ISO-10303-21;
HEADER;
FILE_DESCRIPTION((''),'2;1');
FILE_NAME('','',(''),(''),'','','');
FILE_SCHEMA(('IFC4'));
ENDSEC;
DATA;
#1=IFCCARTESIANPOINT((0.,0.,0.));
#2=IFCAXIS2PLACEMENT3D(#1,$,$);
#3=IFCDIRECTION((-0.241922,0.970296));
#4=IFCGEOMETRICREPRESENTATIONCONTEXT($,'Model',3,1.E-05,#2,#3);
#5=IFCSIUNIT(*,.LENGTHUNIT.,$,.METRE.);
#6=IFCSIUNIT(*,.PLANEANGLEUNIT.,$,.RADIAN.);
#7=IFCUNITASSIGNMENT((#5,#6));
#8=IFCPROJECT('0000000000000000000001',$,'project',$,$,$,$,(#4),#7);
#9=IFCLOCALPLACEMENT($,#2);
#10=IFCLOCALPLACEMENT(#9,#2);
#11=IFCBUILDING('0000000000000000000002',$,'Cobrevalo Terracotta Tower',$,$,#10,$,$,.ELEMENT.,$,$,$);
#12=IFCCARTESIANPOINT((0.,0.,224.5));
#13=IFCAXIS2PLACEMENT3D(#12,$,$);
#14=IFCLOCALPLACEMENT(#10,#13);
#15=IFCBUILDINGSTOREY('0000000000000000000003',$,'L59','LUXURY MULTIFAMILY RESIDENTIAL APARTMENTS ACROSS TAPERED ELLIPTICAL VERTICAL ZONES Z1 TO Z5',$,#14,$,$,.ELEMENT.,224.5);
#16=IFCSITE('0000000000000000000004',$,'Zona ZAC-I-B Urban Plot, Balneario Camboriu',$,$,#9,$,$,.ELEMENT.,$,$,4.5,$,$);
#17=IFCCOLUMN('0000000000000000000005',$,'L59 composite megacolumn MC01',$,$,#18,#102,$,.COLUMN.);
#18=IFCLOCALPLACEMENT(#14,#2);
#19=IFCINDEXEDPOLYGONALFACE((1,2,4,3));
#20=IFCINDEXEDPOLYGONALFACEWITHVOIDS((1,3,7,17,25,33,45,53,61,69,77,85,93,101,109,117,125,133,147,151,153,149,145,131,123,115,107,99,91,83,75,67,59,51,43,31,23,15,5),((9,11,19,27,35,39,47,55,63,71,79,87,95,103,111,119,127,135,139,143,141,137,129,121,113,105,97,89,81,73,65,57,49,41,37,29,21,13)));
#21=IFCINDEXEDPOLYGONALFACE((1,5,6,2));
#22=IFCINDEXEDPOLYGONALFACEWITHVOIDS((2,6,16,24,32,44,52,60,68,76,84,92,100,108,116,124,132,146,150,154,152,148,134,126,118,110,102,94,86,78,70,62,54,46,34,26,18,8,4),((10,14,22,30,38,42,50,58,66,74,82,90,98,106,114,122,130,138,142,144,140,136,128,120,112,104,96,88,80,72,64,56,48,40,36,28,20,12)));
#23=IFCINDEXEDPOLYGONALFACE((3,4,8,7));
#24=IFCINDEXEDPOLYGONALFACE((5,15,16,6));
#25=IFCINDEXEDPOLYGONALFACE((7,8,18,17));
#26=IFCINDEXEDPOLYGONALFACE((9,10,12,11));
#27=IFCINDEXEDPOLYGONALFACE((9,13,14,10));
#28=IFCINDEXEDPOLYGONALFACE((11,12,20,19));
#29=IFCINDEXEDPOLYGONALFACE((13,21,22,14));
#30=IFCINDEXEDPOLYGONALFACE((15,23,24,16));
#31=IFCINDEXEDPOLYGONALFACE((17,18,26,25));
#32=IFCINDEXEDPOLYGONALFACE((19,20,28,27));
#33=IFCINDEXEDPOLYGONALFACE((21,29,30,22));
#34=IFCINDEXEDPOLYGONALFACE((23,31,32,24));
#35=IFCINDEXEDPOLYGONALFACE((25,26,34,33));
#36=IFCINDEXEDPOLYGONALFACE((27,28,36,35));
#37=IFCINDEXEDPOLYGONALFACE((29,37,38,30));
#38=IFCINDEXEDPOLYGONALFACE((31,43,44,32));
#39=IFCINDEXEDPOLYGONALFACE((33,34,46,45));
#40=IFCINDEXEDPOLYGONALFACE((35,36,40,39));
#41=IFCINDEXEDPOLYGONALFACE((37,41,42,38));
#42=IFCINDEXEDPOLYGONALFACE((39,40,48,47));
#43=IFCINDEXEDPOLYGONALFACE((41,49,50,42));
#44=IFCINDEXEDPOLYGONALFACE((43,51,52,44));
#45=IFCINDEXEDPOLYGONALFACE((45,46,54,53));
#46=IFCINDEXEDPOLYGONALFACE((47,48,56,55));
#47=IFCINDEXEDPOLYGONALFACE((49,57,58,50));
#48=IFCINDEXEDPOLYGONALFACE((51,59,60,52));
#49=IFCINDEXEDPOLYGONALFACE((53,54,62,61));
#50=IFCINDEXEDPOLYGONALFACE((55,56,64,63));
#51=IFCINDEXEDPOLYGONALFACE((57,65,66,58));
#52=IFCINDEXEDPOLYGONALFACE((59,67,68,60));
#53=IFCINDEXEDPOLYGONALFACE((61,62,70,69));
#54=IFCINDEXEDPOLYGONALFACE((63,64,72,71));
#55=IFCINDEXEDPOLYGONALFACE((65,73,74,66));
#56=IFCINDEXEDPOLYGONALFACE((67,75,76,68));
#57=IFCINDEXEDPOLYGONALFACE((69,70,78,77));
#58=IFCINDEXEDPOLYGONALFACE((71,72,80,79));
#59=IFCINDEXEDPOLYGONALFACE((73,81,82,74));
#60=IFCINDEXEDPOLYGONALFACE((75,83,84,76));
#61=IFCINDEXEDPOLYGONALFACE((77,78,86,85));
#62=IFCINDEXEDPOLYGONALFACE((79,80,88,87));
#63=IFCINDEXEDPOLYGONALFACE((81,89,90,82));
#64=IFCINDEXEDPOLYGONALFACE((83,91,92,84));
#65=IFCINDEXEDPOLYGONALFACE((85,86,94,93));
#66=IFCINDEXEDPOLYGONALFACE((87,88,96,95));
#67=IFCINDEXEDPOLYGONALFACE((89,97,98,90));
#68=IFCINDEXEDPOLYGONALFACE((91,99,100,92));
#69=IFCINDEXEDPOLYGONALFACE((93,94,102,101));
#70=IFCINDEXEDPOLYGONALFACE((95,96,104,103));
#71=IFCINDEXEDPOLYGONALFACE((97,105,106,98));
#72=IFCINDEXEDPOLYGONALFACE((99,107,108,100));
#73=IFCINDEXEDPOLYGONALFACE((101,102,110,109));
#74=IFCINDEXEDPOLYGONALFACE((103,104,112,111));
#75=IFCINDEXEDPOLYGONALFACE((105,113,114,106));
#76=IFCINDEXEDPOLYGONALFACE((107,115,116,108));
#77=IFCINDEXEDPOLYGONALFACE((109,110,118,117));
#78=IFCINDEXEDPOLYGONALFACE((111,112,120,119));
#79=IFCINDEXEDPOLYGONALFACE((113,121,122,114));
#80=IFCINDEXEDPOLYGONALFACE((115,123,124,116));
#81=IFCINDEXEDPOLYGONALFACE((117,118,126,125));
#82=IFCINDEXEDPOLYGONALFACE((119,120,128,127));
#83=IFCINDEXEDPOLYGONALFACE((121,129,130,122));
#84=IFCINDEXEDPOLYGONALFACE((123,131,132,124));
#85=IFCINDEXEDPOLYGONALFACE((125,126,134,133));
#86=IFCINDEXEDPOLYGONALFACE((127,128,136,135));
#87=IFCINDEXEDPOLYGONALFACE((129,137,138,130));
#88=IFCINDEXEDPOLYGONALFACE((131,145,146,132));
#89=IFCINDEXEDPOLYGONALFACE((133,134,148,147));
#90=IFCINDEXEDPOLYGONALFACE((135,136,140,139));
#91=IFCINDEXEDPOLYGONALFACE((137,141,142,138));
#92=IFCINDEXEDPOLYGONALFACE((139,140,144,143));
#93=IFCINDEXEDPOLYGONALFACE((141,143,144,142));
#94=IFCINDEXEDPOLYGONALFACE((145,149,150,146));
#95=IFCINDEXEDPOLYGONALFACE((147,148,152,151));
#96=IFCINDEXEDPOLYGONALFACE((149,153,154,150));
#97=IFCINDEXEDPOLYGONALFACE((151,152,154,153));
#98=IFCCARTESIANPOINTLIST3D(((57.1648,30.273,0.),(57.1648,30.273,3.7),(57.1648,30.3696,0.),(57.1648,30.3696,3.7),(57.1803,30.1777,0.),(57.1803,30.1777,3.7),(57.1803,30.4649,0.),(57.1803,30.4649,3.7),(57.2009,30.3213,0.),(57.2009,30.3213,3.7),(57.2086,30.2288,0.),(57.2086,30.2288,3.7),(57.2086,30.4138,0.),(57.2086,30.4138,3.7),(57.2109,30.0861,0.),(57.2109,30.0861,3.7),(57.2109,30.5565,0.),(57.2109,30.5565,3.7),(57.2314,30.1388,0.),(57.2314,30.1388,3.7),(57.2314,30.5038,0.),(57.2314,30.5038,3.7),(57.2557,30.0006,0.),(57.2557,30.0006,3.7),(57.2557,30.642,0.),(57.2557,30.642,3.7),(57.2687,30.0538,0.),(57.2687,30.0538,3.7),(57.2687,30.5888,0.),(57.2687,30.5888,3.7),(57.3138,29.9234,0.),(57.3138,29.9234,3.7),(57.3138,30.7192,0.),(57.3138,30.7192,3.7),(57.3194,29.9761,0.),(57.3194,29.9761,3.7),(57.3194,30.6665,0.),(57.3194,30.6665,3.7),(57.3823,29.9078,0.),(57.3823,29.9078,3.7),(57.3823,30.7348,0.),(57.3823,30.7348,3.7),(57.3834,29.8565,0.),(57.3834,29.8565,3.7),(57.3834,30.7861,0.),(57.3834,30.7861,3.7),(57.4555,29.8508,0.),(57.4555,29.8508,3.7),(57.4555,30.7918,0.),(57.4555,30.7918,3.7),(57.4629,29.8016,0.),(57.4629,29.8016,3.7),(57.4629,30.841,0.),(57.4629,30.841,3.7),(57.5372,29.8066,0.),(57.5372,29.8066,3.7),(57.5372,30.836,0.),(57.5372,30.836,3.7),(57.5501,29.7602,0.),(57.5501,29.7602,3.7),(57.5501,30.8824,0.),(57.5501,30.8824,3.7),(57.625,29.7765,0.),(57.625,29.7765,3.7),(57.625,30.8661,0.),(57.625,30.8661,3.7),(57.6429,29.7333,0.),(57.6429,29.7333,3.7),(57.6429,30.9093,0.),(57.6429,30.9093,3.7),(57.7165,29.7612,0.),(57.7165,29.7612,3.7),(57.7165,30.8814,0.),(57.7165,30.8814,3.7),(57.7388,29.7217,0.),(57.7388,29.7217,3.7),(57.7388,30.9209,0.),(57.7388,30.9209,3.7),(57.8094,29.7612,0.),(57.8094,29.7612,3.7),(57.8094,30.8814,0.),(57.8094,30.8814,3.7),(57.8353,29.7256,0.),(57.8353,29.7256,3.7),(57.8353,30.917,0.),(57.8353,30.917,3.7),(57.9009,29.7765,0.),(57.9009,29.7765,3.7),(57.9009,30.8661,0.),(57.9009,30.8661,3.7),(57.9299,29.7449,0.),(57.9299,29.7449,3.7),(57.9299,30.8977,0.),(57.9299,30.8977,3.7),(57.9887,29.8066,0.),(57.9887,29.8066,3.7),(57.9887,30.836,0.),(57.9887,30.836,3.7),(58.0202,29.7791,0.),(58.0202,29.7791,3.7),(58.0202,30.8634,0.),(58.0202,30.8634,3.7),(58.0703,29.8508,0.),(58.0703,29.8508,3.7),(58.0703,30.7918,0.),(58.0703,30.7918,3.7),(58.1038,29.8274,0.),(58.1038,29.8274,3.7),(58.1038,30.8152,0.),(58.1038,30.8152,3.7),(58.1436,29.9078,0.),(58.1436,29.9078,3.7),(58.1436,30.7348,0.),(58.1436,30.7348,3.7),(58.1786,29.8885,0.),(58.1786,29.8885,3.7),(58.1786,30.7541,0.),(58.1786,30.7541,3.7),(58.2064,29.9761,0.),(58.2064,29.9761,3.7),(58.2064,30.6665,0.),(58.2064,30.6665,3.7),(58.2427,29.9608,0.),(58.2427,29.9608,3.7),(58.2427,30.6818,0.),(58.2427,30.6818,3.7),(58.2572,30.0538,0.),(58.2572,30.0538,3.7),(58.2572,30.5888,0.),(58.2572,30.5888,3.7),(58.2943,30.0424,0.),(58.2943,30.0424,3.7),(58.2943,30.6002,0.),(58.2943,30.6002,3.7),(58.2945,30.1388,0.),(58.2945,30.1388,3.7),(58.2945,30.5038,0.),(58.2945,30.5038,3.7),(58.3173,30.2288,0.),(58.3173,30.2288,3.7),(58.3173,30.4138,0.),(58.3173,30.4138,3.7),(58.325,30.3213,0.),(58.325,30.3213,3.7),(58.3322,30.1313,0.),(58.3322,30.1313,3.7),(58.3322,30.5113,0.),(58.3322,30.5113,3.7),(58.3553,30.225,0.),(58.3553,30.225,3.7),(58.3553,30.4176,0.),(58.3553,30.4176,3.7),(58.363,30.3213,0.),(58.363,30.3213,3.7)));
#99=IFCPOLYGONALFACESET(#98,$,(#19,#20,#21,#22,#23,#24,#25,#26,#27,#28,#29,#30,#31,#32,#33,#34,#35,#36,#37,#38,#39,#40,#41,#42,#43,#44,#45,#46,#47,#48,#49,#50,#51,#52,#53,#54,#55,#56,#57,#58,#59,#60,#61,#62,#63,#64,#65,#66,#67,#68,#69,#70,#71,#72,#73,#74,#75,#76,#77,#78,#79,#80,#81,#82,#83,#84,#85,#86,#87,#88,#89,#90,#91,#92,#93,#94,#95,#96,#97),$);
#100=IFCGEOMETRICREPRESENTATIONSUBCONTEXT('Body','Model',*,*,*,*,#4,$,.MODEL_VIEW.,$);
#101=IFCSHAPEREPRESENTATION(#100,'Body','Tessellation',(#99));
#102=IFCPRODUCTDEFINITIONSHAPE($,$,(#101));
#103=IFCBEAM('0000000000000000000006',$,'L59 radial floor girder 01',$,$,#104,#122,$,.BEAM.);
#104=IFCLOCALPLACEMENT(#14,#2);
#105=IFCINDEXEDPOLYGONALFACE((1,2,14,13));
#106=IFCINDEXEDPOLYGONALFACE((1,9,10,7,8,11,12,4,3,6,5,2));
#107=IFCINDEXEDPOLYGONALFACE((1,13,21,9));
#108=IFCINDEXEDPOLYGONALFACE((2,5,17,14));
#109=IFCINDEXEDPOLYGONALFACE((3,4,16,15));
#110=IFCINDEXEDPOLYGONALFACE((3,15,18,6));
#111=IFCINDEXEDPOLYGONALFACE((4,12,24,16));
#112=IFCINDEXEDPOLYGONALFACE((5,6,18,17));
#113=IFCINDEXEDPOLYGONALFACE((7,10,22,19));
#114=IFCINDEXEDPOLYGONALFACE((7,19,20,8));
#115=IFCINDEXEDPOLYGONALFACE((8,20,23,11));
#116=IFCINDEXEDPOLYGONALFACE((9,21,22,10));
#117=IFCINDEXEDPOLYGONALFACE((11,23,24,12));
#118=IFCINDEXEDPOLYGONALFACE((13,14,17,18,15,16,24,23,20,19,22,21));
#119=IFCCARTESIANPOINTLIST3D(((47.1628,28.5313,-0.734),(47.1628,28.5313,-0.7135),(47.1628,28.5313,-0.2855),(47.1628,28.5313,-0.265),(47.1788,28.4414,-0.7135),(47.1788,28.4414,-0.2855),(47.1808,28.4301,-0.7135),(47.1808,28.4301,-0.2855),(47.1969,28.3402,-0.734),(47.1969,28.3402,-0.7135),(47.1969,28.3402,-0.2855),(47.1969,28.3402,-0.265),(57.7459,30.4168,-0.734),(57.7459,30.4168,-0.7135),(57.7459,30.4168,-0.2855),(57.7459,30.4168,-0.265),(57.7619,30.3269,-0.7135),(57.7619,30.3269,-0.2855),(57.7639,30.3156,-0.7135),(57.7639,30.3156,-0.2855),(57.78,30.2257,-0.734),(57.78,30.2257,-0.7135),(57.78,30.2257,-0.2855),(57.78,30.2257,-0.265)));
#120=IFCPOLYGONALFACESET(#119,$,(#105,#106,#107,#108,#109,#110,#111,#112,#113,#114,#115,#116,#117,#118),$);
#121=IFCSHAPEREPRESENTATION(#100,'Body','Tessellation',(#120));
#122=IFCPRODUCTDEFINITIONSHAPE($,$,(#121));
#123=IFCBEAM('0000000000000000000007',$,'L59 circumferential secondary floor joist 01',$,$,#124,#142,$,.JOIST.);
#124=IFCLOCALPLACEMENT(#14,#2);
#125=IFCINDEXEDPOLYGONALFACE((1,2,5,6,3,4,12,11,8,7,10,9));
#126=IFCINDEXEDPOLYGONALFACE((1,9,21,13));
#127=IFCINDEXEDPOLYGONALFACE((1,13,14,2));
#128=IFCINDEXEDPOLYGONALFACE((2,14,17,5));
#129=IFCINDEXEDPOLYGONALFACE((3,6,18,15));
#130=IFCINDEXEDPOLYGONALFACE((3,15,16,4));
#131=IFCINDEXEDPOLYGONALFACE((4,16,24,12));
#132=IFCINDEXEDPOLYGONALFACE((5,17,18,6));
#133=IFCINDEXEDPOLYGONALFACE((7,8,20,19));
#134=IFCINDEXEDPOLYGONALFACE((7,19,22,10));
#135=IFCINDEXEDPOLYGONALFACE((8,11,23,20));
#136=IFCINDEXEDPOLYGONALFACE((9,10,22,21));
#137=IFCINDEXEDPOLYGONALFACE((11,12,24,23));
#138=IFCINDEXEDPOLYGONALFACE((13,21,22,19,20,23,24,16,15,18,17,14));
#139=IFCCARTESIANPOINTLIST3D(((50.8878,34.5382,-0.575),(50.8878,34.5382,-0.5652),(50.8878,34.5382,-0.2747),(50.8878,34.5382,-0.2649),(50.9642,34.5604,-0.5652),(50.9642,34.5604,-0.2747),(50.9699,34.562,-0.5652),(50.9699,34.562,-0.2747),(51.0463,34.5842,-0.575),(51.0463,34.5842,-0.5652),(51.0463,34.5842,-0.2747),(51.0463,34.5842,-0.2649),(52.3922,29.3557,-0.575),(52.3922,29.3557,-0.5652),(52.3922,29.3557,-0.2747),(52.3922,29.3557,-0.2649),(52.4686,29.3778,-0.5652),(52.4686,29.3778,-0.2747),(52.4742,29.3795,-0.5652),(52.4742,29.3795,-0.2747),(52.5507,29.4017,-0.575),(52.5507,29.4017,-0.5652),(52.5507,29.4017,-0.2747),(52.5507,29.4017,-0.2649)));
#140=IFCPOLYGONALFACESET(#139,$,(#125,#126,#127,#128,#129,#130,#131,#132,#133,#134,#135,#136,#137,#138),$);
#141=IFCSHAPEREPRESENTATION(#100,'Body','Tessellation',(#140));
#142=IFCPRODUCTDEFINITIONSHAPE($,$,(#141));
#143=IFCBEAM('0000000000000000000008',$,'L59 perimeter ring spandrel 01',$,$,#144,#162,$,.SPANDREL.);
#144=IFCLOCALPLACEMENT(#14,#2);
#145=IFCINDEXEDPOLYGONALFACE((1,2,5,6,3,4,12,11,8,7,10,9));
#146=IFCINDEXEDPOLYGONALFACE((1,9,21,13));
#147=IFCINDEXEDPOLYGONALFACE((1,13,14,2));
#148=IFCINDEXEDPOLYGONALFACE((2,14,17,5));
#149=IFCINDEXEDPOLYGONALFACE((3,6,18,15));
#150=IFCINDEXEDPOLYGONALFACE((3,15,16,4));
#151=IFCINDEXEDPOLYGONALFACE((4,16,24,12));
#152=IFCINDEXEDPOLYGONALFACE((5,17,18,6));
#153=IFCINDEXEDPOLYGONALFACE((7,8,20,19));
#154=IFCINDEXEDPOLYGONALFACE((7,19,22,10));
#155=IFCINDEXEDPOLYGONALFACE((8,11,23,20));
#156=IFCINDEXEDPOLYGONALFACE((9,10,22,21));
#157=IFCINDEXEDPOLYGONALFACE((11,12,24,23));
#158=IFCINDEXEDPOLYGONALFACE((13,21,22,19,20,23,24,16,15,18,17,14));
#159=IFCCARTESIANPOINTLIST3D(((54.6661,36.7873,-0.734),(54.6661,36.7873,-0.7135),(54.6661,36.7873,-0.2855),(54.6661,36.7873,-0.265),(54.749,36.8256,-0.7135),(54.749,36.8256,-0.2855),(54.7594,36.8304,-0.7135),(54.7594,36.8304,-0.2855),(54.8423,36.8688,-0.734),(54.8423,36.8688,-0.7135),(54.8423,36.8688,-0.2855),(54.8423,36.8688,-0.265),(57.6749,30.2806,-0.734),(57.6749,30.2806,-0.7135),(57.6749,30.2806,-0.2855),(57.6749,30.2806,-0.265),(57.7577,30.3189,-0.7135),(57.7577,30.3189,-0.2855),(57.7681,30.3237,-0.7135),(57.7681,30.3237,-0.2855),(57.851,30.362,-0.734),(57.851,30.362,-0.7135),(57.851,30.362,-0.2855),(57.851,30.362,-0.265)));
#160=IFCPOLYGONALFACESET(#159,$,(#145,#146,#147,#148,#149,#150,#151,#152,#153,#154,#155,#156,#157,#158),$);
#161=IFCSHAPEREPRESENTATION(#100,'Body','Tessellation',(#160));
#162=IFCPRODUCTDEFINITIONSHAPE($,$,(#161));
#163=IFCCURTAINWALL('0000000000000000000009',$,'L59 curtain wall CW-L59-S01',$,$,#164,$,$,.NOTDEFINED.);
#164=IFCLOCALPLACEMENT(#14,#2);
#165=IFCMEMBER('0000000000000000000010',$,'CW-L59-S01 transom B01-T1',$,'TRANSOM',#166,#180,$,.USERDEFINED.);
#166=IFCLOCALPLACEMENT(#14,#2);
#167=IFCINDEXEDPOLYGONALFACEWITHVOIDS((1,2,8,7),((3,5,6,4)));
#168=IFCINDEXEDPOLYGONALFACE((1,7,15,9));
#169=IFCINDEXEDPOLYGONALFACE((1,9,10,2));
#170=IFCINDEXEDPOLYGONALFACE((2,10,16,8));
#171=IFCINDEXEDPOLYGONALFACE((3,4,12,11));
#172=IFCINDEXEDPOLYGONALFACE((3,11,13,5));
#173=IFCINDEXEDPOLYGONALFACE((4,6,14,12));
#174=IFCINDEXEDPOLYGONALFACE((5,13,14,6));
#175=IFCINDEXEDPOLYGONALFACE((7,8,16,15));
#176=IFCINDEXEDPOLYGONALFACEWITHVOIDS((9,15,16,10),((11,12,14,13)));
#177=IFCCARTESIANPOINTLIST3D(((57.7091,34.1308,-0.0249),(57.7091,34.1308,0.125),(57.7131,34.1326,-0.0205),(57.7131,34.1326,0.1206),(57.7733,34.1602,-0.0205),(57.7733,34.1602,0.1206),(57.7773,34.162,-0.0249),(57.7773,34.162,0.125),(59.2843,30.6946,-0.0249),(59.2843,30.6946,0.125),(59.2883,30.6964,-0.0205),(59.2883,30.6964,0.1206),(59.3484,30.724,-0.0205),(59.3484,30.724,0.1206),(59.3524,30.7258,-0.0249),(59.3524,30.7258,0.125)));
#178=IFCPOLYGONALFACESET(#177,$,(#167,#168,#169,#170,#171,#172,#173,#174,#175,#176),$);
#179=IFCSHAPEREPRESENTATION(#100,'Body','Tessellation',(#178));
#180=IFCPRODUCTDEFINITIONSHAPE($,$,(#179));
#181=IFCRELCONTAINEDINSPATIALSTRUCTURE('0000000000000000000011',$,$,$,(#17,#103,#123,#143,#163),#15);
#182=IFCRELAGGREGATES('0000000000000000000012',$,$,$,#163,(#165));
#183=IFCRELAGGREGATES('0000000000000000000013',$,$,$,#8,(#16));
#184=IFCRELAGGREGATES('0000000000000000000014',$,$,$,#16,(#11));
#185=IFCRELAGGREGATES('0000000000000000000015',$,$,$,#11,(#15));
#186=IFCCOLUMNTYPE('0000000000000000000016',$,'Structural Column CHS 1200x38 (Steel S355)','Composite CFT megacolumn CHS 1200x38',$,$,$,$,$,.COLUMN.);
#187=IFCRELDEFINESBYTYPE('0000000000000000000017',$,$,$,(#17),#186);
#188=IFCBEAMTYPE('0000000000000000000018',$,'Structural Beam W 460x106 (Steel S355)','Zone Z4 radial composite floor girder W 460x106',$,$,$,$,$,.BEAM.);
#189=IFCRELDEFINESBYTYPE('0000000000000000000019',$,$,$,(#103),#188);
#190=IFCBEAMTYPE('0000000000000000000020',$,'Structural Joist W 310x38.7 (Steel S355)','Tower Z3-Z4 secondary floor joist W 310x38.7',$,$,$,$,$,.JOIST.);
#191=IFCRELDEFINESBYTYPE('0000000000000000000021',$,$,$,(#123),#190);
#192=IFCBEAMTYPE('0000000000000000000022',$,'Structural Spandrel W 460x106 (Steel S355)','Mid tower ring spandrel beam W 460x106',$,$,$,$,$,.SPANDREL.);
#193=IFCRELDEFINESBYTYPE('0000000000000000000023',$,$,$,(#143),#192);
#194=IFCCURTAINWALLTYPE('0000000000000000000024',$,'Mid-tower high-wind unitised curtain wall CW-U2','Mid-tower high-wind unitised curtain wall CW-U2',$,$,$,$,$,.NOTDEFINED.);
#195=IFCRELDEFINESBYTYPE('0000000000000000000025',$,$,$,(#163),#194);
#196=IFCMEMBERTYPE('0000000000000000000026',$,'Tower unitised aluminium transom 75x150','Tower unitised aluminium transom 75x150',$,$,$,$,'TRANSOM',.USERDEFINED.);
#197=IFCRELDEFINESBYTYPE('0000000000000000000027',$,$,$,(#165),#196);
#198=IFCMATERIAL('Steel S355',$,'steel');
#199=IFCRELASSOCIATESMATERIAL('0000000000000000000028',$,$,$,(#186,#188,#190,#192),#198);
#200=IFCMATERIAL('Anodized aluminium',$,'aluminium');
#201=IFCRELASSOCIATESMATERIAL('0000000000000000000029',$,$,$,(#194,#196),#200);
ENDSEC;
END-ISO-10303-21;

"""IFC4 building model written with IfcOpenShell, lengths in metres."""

from ifc_helpers import new_model, si_unit, direction, frame, origin, origin_2d, place, context, subcontext, project, spatial, hollow_rectangle, hollow_circle, i_section, extrude, source, transform, mapped, material, material_profile, profile_set, type_object, element, aggregate, save


model = new_model("IFC4")

# Units and contexts
model_context = context("Model", 3, precision=1e-05, world=origin(), true_north=direction((-0.241922, 0.970296)))
body_context = subcontext(model_context, "Body", "Model", "MODEL_VIEW")
ifc_project = project(units=[si_unit("LENGTHUNIT", "METRE"), si_unit("PLANEANGLEUNIT", "RADIAN")], contexts=[model_context])

# Site, building, storey
site_placement = place(None, origin())
site = spatial("IfcSite", under=ifc_project, at=site_placement, Name="Zona ZAC-I-B Urban Plot, Balneario Camboriu", CompositionType="ELEMENT", RefElevation=4.5)
building_placement = place(site_placement, origin())
building = spatial("IfcBuilding", under=site, at=building_placement, Name="Cobrevalo Terracotta Tower", CompositionType="ELEMENT")
storey_placement = place(building_placement, frame((0.0, 0.0, 224.5)))
storey = spatial("IfcBuildingStorey", under=building, at=storey_placement, Name="L59", Description="LUXURY MULTIFAMILY RESIDENTIAL APARTMENTS ACROSS TAPERED ELLIPTICAL VERTICAL ZONES Z1 TO Z5", CompositionType="ELEMENT", Elevation=224.5)

# Column
ifc_material_1 = material(Name="Steel S355", Category="steel")
ifc_material_profile_1 = material_profile(ifc_material_1, hollow_circle(Radius=0.6001, WallThickness=0.0381, at=origin_2d()), Name="CHS 1200x38")
ifc_profile_set_1 = profile_set([ifc_material_profile_1], Name="Steel S355")
column_type = type_object("IfcColumnType", Name="Structural Column CHS 1200x38 (Steel S355)", Description="Composite CFT megacolumn CHS 1200x38", PredefinedType="COLUMN", material=ifc_profile_set_1)
column_placement = place(storey_placement, frame((57.7629, 30.3213, 0.0), z_axis=(0.0, 0.0, 1.0), x_axis=(1.0, 0.0, 0.0)))
element("IfcColumn", 1, at=column_placement, inside=storey, type_object=column_type, Name="L59 composite megacolumn MC01", PredefinedType="COLUMN", context=body_context, shape_type="SweptSolid", body=[
    extrude(hollow_circle(Radius=0.6001, WallThickness=0.0381, at=origin_2d()), origin(), (0.0, 0.0, 1.0), 3.7),
])

# Beams
ifc_material_profile_2 = material_profile(ifc_material_1, i_section(OverallWidth=0.1941, OverallDepth=0.469, WebThickness=0.0115, FlangeThickness=0.0205, at=origin_2d()), Name="W 460x106")
ifc_profile_set_2 = profile_set([ifc_material_profile_2], Name="Steel S355")
beam_type_1 = type_object("IfcBeamType", Name="Structural Beam W 460x106 (Steel S355)", Description="Zone Z4 radial composite floor girder W 460x106", PredefinedType="BEAM", material=ifc_profile_set_2)
beam_1_placement = place(storey_placement, frame((57.7629, 30.3213, -0.4995), z_axis=(-0.984497, -0.175401, 0.0), x_axis=(0.175401, -0.984497, 0.0)))
element("IfcBeam", 2, at=beam_1_placement, inside=storey, type_object=beam_type_1, Name="L59 radial floor girder 01", PredefinedType="BEAM", context=body_context, shape_type="SweptSolid", body=[
    extrude(i_section(OverallWidth=0.1941, OverallDepth=0.469, WebThickness=0.0115, FlangeThickness=0.0205, at=origin_2d()), origin(), (0.0, 0.0, 1.0), 10.7498),
])
ifc_material_profile_3 = material_profile(ifc_material_1, i_section(OverallWidth=0.165, OverallDepth=0.3101, WebThickness=0.0059, FlangeThickness=0.0098, at=origin_2d()), Name="W 310x38.7")
ifc_profile_set_3 = profile_set([ifc_material_profile_3], Name="Steel S355")
beam_type_2 = type_object("IfcBeamType", Name="Structural Joist W 310x38.7 (Steel S355)", Description="Tower Z3-Z4 secondary floor joist W 310x38.7", PredefinedType="JOIST", material=ifc_profile_set_3)
beam_2_placement = place(storey_placement, frame((52.4714, 29.3787, -0.4199), z_axis=(-0.27877, 0.960358, 0.0), x_axis=(-0.960358, -0.27877, 0.0)))
element("IfcBeam", 3, at=beam_2_placement, inside=storey, type_object=beam_type_2, Name="L59 circumferential secondary floor joist 01", PredefinedType="JOIST", context=body_context, shape_type="SweptSolid", body=[
    extrude(i_section(OverallWidth=0.165, OverallDepth=0.3101, WebThickness=0.0059, FlangeThickness=0.0098, at=origin_2d()), origin(), (0.0, 0.0, 1.0), 5.3965),
])
ifc_material_profile_4 = material_profile(ifc_material_1, i_section(OverallWidth=0.1941, OverallDepth=0.469, WebThickness=0.0115, FlangeThickness=0.0205, at=origin_2d()), Name="W 460x106")
ifc_profile_set_4 = profile_set([ifc_material_profile_4], Name="Steel S355")
beam_type_3 = type_object("IfcBeamType", Name="Structural Spandrel W 460x106 (Steel S355)", Description="Mid tower ring spandrel beam W 460x106", PredefinedType="SPANDREL", material=ifc_profile_set_4)
beam_3_placement = place(storey_placement, frame((57.7629, 30.3213, -0.4995), z_axis=(-0.419706, 0.90766, 0.0), x_axis=(-0.90766, -0.419706, 0.0)))
element("IfcBeam", 4, at=beam_3_placement, inside=storey, type_object=beam_type_3, Name="L59 perimeter ring spandrel 01", PredefinedType="SPANDREL", context=body_context, shape_type="SweptSolid", body=[
    extrude(i_section(OverallWidth=0.1941, OverallDepth=0.469, WebThickness=0.0115, FlangeThickness=0.0205, at=origin_2d()), origin(), (0.0, 0.0, 1.0), 7.1687),
])

# Curtain wall, member
ifc_material_2 = material(Name="Anodized aluminium", Category="aluminium")
curtain_wall_type = type_object("IfcCurtainWallType", Name="Mid-tower high-wind unitised curtain wall CW-U2", Description="Mid-tower high-wind unitised curtain wall CW-U2", PredefinedType="NOTDEFINED", material=ifc_material_2)
curtain_wall_1_placement = place(storey_placement, origin())
curtain_wall_1 = element("IfcCurtainWall", 5, at=curtain_wall_1_placement, inside=storey, type_object=curtain_wall_type, Name="L59 curtain wall CW-L59-S01", PredefinedType="NOTDEFINED")
ifc_material_profile_5 = material_profile(ifc_material_2, hollow_rectangle(XDim=0.075, YDim=0.1499, WallThickness=0.0044, at=origin_2d()), Name="CWT 75x150")
ifc_profile_set_5 = profile_set([ifc_material_profile_5], Name="Anodized aluminium")
member_type_1 = type_object("IfcMemberType", Name="Tower unitised aluminium transom 75x150", Description="Tower unitised aluminium transom 75x150", ElementType="TRANSOM", PredefinedType="USERDEFINED", material=ifc_profile_set_5)
shared_shape_1 = source(origin(), body_context, "Body", "SweptSolid", [
    extrude(hollow_rectangle(XDim=0.075, YDim=0.1499, WallThickness=0.0044, at=origin_2d()), origin(), (0.0, 0.0, 1.0), 3.78),
])
member_1_placement = place(storey_placement, frame((59.3184, 30.7102, 0.05), z_axis=(-0.416706, 0.909041, 0.0), x_axis=(-0.909041, -0.416706, 0.0)))
member_1 = element("IfcMember", 6, at=member_1_placement, type_object=member_type_1, Name="CW-L59-S01 transom B01-T1", ObjectType="TRANSOM", PredefinedType="USERDEFINED", context=body_context, shape_type="MappedRepresentation", body=[
    mapped(shared_shape_1, transform((0.0, 0.0, 0.0), scale=1.0)),
])

aggregate(curtain_wall_1, [member_1])

save(model, "model.ifc")
